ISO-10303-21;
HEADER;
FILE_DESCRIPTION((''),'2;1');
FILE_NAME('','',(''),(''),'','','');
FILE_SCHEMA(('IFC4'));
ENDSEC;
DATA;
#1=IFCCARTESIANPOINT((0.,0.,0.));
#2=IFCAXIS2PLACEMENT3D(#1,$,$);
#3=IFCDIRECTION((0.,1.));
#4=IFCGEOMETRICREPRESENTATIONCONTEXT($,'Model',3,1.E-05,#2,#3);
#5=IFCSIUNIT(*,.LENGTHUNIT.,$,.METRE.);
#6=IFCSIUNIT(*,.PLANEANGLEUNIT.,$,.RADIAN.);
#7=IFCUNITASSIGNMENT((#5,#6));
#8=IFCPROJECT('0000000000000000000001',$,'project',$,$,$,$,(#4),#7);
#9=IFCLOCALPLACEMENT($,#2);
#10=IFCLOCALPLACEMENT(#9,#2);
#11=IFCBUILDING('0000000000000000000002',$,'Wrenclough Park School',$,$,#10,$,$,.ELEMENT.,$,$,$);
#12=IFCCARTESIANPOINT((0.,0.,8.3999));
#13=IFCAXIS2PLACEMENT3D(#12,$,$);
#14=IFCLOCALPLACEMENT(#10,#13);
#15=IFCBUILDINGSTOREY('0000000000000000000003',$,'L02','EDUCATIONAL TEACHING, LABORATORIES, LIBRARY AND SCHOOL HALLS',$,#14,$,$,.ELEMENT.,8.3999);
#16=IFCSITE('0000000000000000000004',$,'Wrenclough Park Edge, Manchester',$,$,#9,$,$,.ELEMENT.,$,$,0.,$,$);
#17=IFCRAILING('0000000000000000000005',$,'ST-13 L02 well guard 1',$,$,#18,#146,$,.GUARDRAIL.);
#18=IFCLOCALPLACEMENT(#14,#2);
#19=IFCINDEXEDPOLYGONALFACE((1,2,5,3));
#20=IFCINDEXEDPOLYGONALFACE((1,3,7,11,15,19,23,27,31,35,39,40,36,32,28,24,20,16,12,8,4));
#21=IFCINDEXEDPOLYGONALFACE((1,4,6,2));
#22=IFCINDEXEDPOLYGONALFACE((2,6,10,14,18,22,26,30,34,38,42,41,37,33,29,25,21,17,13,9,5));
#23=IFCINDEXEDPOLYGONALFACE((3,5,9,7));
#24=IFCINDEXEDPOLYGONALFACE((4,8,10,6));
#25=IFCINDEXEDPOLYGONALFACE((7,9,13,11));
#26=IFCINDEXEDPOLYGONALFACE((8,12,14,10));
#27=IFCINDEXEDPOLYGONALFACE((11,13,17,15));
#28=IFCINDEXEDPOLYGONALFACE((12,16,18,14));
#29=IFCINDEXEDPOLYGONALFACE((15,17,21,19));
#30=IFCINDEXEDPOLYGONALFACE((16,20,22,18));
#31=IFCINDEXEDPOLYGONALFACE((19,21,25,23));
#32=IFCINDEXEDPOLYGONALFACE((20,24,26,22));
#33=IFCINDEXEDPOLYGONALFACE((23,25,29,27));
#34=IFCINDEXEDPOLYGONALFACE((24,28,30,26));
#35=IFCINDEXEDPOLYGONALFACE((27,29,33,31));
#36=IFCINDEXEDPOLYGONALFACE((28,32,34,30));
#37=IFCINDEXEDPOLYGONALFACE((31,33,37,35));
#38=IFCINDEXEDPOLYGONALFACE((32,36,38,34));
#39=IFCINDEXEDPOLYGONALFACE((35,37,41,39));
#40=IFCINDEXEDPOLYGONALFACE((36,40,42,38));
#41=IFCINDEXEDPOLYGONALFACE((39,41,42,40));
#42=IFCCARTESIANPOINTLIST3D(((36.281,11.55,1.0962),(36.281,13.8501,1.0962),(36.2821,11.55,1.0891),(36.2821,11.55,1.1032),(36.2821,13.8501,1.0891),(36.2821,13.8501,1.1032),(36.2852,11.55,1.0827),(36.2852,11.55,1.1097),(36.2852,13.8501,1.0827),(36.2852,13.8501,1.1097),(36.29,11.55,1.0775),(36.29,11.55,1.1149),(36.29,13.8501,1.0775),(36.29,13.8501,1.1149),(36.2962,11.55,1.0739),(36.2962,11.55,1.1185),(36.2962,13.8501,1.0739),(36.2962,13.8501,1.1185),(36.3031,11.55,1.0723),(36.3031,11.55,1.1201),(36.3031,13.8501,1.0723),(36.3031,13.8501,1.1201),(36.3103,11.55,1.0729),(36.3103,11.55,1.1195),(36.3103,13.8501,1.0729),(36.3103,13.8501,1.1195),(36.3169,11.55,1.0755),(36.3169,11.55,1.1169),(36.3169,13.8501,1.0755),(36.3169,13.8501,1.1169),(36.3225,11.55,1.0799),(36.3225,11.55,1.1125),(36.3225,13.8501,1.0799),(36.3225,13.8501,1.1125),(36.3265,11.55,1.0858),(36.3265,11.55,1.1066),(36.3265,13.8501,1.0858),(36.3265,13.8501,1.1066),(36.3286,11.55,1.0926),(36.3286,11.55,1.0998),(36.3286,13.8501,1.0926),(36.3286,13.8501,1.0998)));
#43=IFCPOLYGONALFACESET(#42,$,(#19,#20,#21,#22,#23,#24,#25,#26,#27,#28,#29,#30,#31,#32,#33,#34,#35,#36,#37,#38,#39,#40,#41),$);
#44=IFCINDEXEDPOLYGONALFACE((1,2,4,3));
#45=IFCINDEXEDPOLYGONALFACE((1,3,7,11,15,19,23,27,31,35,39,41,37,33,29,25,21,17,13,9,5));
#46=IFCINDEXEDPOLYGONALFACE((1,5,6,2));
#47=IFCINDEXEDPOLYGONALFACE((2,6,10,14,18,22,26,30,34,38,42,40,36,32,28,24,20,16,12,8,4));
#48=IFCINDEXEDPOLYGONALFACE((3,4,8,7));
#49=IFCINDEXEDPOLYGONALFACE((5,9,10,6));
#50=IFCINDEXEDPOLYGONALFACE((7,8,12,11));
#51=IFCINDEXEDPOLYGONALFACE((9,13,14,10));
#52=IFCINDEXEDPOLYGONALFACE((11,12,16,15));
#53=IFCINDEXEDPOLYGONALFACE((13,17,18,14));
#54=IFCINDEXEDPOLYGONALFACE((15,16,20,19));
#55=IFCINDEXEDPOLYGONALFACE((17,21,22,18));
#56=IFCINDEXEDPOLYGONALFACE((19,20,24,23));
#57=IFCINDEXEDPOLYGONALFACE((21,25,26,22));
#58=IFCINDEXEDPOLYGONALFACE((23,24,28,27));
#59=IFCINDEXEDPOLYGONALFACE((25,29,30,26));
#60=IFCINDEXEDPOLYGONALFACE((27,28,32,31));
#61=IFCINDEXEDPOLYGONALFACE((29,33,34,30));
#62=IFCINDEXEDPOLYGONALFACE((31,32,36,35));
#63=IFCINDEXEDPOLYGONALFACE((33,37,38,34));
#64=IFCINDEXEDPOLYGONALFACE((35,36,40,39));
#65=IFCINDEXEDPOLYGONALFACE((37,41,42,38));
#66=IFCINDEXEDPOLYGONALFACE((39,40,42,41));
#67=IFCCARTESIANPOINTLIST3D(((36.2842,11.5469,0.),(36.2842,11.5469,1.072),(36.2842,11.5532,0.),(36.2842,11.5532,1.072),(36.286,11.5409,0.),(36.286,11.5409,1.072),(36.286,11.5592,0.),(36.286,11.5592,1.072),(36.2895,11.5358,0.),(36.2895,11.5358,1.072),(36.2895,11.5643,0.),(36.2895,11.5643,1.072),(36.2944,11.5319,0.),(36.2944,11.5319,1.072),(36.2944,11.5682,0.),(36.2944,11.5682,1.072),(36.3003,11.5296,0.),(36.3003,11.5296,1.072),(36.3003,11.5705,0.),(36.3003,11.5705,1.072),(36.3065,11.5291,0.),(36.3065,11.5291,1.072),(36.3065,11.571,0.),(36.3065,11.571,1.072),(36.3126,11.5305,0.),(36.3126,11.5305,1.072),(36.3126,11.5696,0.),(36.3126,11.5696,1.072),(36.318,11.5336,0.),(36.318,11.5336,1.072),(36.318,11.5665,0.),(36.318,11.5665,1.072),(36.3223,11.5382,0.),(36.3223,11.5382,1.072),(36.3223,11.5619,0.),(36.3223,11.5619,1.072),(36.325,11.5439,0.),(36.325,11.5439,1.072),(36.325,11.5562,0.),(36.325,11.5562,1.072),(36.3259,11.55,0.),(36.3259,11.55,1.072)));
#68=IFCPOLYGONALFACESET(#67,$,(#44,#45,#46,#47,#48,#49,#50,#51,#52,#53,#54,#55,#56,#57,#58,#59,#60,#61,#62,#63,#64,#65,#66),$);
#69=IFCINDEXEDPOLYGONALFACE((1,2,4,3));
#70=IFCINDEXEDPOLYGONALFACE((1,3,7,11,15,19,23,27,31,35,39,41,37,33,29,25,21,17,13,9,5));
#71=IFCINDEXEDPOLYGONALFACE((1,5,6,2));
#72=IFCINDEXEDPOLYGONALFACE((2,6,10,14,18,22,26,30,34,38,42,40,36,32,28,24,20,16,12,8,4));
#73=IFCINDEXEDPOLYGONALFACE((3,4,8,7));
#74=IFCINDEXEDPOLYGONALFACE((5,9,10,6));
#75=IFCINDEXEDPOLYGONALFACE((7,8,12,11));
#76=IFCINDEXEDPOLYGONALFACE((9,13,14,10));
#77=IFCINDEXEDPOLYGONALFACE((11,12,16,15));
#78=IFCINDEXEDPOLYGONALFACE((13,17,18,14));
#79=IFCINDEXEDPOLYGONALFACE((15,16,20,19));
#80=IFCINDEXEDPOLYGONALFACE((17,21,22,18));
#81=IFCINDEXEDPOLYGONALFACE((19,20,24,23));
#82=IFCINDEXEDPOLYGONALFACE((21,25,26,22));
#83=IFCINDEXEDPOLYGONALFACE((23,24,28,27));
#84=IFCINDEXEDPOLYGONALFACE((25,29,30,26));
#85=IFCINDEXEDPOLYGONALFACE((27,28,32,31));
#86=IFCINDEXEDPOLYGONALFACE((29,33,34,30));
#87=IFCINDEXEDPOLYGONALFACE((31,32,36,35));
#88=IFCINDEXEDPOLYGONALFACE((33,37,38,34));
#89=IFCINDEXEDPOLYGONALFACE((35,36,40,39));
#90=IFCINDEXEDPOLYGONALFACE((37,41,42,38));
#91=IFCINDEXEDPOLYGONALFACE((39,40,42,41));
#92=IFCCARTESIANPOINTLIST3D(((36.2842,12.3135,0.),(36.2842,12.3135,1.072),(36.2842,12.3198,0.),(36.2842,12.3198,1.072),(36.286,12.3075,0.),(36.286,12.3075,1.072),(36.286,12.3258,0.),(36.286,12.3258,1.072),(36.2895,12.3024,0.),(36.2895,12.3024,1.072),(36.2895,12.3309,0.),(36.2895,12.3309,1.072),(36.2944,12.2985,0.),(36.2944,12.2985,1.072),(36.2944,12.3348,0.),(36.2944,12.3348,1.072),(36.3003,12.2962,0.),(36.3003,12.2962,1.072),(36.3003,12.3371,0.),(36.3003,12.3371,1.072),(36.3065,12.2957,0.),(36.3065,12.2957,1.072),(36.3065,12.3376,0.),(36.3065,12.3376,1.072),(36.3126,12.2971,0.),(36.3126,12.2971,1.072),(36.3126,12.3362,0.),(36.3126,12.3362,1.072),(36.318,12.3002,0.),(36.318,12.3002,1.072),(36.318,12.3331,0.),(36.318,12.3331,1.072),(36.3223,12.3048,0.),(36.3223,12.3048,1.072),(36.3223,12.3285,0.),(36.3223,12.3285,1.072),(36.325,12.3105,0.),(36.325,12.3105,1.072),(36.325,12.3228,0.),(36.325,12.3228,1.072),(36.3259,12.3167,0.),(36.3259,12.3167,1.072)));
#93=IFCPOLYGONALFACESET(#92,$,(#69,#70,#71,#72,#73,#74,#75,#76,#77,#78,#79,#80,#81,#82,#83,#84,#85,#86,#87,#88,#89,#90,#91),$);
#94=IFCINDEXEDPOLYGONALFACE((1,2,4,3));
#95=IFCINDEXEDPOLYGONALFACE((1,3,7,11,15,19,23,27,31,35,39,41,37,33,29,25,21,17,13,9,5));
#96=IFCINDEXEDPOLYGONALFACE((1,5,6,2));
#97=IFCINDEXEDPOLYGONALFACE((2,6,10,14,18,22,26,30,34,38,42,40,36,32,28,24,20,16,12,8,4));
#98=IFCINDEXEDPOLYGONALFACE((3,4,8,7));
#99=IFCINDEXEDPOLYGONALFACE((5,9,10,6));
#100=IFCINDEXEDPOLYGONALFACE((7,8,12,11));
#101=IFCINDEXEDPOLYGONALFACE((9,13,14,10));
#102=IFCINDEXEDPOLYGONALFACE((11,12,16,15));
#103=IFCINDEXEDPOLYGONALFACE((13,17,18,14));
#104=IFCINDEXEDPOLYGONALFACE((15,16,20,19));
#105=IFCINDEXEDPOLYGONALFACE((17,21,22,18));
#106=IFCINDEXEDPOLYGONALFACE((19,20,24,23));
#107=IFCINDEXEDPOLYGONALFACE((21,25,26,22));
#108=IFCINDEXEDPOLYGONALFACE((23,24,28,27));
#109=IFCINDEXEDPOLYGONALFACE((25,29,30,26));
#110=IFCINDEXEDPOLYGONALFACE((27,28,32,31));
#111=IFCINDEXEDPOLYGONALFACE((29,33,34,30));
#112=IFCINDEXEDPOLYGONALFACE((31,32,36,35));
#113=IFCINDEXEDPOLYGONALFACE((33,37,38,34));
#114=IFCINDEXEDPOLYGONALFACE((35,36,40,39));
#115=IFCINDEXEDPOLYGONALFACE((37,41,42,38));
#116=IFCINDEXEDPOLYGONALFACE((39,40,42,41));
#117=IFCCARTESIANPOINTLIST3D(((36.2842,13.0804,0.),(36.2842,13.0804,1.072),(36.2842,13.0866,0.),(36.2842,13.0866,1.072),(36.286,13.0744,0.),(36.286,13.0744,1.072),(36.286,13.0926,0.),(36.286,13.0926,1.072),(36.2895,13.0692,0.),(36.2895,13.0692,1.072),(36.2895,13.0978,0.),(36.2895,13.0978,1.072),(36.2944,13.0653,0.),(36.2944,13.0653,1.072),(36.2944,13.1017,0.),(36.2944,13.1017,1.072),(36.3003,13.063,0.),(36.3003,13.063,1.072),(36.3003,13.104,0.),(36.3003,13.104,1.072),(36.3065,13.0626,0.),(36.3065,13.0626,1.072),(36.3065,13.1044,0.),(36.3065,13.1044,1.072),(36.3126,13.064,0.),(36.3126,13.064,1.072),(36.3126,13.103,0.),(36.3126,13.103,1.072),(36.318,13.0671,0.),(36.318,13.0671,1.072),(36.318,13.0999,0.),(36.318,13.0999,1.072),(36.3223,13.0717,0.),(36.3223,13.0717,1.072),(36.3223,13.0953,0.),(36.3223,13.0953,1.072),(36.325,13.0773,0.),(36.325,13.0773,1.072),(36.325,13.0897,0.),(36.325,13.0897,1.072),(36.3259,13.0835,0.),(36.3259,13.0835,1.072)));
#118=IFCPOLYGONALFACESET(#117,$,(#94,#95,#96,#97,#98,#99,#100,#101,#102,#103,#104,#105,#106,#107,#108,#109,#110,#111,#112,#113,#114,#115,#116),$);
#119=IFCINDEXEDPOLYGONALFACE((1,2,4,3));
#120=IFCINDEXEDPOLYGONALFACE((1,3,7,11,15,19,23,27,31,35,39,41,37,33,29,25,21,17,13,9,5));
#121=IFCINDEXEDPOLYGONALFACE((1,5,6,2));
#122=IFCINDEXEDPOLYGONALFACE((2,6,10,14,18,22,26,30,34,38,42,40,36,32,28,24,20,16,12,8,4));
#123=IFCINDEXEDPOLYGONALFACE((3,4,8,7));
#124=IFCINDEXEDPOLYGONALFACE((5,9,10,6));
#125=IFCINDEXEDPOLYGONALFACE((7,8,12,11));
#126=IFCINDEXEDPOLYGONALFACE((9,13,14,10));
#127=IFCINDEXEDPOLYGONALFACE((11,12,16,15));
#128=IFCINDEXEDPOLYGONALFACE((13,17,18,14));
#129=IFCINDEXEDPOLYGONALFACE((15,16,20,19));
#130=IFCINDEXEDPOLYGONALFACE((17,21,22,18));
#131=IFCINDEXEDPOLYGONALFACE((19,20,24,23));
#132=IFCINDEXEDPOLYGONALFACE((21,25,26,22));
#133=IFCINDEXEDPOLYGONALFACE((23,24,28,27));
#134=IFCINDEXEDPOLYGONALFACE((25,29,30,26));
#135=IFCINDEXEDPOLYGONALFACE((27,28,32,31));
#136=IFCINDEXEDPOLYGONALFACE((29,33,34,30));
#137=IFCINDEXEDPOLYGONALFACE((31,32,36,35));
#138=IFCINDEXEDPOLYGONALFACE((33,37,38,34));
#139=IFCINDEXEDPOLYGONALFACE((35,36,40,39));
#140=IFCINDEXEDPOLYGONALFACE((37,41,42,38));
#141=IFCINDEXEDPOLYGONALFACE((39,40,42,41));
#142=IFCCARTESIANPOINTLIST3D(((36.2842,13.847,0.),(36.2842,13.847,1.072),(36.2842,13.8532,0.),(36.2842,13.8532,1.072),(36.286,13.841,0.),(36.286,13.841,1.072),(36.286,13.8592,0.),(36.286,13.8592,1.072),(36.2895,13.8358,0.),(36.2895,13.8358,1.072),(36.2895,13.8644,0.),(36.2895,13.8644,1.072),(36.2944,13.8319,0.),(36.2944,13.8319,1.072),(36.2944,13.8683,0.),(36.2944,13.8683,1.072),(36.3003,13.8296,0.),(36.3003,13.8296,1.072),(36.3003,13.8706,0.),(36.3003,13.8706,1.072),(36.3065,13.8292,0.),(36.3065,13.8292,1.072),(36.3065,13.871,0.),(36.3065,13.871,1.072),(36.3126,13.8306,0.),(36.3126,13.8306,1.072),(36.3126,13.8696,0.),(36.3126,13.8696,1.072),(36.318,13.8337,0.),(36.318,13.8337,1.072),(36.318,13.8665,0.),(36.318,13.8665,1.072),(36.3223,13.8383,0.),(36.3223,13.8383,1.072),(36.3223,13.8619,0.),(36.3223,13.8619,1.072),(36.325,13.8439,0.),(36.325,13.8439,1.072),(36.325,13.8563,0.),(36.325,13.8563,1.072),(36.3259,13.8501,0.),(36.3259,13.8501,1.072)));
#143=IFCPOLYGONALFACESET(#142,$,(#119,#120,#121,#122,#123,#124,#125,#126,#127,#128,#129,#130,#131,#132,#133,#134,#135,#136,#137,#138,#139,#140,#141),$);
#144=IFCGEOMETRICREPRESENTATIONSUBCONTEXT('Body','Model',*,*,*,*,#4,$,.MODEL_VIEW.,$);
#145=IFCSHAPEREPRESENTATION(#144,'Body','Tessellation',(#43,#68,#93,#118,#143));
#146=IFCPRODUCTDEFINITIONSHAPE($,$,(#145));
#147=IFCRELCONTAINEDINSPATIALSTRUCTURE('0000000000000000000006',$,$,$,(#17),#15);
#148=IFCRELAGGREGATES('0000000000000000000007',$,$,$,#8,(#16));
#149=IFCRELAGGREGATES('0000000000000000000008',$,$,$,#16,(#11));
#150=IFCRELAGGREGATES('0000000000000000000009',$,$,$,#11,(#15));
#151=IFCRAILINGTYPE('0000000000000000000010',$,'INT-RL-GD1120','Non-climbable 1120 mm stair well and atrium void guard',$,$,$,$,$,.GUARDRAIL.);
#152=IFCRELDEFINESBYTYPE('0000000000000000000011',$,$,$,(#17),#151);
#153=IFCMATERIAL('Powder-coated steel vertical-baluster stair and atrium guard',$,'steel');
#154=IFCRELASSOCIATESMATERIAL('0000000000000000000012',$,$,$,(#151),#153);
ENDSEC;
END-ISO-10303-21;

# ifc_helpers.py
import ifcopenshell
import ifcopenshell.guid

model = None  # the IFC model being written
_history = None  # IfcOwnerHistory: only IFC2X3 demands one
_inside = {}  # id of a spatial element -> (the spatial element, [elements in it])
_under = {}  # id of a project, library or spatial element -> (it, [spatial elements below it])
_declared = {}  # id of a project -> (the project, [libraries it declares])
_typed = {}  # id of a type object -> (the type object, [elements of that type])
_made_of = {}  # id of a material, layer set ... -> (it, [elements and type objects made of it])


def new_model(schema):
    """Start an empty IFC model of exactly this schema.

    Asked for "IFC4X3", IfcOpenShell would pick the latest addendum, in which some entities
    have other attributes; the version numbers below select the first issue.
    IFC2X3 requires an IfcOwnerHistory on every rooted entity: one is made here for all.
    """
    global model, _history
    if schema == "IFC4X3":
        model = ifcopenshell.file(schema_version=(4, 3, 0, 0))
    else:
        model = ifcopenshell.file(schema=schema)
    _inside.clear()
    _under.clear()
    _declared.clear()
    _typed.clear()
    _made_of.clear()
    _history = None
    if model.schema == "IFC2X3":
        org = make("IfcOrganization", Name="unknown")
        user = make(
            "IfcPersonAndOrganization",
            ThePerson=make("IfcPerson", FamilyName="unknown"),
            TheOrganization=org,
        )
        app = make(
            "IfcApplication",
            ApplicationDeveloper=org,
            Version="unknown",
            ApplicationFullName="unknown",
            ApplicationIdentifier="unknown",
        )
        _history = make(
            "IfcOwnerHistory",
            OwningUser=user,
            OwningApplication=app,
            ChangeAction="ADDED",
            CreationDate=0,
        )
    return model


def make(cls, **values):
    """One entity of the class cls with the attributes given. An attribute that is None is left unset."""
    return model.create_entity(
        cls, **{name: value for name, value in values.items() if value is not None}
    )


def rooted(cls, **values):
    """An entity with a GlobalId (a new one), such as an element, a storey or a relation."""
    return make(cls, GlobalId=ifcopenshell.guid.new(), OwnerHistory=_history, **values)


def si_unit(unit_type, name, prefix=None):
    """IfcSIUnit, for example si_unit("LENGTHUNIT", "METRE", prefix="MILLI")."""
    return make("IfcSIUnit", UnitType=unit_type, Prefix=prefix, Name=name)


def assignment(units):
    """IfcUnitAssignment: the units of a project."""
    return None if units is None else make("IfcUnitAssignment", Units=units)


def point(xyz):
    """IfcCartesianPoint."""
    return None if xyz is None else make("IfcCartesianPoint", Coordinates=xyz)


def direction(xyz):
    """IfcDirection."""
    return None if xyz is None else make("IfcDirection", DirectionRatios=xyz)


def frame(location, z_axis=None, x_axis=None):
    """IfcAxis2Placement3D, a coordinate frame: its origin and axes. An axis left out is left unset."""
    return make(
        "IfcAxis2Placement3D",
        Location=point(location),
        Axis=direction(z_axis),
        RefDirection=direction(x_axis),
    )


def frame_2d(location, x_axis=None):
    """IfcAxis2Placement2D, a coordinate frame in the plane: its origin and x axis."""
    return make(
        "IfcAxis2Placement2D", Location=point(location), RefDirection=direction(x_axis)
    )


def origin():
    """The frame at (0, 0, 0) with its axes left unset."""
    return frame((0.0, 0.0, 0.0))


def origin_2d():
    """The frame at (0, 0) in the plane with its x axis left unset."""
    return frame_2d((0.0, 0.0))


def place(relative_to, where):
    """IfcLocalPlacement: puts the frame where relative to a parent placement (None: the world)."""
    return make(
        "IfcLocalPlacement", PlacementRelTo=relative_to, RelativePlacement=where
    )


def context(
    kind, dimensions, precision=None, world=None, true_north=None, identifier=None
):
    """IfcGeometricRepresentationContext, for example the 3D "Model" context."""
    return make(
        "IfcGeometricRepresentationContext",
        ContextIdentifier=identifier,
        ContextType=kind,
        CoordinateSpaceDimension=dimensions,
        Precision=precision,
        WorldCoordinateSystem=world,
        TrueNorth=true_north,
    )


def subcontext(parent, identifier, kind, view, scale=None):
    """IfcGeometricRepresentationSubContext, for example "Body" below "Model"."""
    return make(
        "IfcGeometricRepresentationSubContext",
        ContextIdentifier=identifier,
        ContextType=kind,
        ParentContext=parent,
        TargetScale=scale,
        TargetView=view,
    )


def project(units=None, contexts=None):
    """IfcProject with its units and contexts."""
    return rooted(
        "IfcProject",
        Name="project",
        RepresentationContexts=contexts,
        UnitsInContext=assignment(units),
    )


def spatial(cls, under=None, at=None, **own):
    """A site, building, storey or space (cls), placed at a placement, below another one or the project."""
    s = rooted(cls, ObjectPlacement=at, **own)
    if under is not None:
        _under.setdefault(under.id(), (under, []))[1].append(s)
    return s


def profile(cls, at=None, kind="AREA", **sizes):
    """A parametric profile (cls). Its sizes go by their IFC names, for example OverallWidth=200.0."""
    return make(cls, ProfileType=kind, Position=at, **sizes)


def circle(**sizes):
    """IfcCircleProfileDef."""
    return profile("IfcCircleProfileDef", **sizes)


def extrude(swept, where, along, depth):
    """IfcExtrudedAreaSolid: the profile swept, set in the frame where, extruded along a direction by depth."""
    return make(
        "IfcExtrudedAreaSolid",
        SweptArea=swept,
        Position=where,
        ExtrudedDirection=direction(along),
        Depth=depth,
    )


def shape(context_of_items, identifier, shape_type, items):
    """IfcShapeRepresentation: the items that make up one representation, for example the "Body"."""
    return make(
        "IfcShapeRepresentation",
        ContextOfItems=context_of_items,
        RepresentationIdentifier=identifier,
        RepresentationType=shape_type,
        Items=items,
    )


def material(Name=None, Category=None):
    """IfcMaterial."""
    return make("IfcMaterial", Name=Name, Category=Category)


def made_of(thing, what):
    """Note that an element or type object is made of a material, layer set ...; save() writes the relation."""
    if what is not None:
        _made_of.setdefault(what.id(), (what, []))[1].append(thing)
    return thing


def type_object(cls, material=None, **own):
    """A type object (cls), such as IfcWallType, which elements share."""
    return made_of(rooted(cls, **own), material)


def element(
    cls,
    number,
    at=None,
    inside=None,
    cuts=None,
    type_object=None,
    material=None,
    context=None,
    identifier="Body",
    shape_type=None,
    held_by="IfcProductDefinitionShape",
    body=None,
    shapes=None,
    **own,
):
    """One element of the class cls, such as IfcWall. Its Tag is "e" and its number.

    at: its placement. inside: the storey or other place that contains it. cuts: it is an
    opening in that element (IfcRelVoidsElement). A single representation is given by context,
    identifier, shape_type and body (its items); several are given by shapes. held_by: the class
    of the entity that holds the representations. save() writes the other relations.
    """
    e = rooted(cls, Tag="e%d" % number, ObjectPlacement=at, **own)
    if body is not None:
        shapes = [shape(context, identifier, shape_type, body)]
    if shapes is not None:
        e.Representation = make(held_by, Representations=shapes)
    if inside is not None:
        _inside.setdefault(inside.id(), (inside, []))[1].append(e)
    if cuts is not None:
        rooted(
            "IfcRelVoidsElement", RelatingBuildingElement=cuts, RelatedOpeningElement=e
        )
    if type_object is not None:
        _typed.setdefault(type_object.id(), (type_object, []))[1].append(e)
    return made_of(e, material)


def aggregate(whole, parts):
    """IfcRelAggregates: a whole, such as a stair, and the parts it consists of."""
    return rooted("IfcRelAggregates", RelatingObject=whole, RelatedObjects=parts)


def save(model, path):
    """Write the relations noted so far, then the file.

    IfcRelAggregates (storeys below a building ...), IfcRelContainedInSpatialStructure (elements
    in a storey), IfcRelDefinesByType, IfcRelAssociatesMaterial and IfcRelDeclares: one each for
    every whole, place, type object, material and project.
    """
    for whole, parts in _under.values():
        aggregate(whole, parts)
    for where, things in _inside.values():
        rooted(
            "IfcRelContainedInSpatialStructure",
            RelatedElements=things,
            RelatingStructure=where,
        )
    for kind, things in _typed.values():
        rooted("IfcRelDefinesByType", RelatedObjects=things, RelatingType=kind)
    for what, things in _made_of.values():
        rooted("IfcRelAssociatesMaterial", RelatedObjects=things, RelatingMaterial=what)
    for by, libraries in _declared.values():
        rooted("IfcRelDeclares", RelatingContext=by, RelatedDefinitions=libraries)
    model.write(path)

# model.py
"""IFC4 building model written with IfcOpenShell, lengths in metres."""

from ifc_helpers import new_model, si_unit, direction, frame, origin, origin_2d, place, context, subcontext, project, spatial, circle, extrude, material, type_object, element, save


model = new_model("IFC4")

# Units and contexts
model_context = context("Model", 3, precision=1e-05, world=origin(), true_north=direction((0.0, 1.0)))
body_context = subcontext(model_context, "Body", "Model", "MODEL_VIEW")
ifc_project = project(units=[si_unit("LENGTHUNIT", "METRE"), si_unit("PLANEANGLEUNIT", "RADIAN")], contexts=[model_context])

# Site, building, storey
site_placement = place(None, origin())
site = spatial("IfcSite", under=ifc_project, at=site_placement, Name="Wrenclough Park Edge, Manchester", CompositionType="ELEMENT", RefElevation=0.0)
building_placement = place(site_placement, origin())
building = spatial("IfcBuilding", under=site, at=building_placement, Name="Wrenclough Park School", CompositionType="ELEMENT")
storey_placement = place(building_placement, frame((0.0, 0.0, 8.3999)))
storey = spatial("IfcBuildingStorey", under=building, at=storey_placement, Name="L02", Description="EDUCATIONAL TEACHING, LABORATORIES, LIBRARY AND SCHOOL HALLS", CompositionType="ELEMENT", Elevation=8.3999)

# Railing
ifc_material_1 = material(Name="Powder-coated steel vertical-baluster stair and atrium guard", Category="steel")
railing_type_1 = type_object("IfcRailingType", Name="INT-RL-GD1120", Description="Non-climbable 1120 mm stair well and atrium void guard", PredefinedType="GUARDRAIL", material=ifc_material_1)
railing_1_placement = place(storey_placement, frame((36.3049, 11.55, 0.0)))
element("IfcRailing", 1, at=railing_1_placement, inside=storey, type_object=railing_type_1, Name="ST-13 L02 well guard 1", PredefinedType="GUARDRAIL", context=body_context, shape_type="SweptSolid", body=[
    extrude(circle(Radius=0.0239, at=origin_2d()), frame((0.0, 0.0, 1.0962), z_axis=(0.0, 1.0, 0.0), x_axis=(-1.0, 0.0, 0.0)), (0.0, 0.0, 1.0), 2.3),
    extrude(circle(Radius=0.021, at=origin_2d()), origin(), (0.0, 0.0, 1.0), 1.072),
    extrude(circle(Radius=0.021, at=origin_2d()), frame((0.0, 0.7666, 0.0)), (0.0, 0.0, 1.0), 1.072),
    extrude(circle(Radius=0.021, at=origin_2d()), frame((0.0, 1.5334, 0.0)), (0.0, 0.0, 1.0), 1.072),
    extrude(circle(Radius=0.021, at=origin_2d()), frame((0.0, 2.3, 0.0)), (0.0, 0.0, 1.0), 1.072),
])

save(model, "model.ifc")
